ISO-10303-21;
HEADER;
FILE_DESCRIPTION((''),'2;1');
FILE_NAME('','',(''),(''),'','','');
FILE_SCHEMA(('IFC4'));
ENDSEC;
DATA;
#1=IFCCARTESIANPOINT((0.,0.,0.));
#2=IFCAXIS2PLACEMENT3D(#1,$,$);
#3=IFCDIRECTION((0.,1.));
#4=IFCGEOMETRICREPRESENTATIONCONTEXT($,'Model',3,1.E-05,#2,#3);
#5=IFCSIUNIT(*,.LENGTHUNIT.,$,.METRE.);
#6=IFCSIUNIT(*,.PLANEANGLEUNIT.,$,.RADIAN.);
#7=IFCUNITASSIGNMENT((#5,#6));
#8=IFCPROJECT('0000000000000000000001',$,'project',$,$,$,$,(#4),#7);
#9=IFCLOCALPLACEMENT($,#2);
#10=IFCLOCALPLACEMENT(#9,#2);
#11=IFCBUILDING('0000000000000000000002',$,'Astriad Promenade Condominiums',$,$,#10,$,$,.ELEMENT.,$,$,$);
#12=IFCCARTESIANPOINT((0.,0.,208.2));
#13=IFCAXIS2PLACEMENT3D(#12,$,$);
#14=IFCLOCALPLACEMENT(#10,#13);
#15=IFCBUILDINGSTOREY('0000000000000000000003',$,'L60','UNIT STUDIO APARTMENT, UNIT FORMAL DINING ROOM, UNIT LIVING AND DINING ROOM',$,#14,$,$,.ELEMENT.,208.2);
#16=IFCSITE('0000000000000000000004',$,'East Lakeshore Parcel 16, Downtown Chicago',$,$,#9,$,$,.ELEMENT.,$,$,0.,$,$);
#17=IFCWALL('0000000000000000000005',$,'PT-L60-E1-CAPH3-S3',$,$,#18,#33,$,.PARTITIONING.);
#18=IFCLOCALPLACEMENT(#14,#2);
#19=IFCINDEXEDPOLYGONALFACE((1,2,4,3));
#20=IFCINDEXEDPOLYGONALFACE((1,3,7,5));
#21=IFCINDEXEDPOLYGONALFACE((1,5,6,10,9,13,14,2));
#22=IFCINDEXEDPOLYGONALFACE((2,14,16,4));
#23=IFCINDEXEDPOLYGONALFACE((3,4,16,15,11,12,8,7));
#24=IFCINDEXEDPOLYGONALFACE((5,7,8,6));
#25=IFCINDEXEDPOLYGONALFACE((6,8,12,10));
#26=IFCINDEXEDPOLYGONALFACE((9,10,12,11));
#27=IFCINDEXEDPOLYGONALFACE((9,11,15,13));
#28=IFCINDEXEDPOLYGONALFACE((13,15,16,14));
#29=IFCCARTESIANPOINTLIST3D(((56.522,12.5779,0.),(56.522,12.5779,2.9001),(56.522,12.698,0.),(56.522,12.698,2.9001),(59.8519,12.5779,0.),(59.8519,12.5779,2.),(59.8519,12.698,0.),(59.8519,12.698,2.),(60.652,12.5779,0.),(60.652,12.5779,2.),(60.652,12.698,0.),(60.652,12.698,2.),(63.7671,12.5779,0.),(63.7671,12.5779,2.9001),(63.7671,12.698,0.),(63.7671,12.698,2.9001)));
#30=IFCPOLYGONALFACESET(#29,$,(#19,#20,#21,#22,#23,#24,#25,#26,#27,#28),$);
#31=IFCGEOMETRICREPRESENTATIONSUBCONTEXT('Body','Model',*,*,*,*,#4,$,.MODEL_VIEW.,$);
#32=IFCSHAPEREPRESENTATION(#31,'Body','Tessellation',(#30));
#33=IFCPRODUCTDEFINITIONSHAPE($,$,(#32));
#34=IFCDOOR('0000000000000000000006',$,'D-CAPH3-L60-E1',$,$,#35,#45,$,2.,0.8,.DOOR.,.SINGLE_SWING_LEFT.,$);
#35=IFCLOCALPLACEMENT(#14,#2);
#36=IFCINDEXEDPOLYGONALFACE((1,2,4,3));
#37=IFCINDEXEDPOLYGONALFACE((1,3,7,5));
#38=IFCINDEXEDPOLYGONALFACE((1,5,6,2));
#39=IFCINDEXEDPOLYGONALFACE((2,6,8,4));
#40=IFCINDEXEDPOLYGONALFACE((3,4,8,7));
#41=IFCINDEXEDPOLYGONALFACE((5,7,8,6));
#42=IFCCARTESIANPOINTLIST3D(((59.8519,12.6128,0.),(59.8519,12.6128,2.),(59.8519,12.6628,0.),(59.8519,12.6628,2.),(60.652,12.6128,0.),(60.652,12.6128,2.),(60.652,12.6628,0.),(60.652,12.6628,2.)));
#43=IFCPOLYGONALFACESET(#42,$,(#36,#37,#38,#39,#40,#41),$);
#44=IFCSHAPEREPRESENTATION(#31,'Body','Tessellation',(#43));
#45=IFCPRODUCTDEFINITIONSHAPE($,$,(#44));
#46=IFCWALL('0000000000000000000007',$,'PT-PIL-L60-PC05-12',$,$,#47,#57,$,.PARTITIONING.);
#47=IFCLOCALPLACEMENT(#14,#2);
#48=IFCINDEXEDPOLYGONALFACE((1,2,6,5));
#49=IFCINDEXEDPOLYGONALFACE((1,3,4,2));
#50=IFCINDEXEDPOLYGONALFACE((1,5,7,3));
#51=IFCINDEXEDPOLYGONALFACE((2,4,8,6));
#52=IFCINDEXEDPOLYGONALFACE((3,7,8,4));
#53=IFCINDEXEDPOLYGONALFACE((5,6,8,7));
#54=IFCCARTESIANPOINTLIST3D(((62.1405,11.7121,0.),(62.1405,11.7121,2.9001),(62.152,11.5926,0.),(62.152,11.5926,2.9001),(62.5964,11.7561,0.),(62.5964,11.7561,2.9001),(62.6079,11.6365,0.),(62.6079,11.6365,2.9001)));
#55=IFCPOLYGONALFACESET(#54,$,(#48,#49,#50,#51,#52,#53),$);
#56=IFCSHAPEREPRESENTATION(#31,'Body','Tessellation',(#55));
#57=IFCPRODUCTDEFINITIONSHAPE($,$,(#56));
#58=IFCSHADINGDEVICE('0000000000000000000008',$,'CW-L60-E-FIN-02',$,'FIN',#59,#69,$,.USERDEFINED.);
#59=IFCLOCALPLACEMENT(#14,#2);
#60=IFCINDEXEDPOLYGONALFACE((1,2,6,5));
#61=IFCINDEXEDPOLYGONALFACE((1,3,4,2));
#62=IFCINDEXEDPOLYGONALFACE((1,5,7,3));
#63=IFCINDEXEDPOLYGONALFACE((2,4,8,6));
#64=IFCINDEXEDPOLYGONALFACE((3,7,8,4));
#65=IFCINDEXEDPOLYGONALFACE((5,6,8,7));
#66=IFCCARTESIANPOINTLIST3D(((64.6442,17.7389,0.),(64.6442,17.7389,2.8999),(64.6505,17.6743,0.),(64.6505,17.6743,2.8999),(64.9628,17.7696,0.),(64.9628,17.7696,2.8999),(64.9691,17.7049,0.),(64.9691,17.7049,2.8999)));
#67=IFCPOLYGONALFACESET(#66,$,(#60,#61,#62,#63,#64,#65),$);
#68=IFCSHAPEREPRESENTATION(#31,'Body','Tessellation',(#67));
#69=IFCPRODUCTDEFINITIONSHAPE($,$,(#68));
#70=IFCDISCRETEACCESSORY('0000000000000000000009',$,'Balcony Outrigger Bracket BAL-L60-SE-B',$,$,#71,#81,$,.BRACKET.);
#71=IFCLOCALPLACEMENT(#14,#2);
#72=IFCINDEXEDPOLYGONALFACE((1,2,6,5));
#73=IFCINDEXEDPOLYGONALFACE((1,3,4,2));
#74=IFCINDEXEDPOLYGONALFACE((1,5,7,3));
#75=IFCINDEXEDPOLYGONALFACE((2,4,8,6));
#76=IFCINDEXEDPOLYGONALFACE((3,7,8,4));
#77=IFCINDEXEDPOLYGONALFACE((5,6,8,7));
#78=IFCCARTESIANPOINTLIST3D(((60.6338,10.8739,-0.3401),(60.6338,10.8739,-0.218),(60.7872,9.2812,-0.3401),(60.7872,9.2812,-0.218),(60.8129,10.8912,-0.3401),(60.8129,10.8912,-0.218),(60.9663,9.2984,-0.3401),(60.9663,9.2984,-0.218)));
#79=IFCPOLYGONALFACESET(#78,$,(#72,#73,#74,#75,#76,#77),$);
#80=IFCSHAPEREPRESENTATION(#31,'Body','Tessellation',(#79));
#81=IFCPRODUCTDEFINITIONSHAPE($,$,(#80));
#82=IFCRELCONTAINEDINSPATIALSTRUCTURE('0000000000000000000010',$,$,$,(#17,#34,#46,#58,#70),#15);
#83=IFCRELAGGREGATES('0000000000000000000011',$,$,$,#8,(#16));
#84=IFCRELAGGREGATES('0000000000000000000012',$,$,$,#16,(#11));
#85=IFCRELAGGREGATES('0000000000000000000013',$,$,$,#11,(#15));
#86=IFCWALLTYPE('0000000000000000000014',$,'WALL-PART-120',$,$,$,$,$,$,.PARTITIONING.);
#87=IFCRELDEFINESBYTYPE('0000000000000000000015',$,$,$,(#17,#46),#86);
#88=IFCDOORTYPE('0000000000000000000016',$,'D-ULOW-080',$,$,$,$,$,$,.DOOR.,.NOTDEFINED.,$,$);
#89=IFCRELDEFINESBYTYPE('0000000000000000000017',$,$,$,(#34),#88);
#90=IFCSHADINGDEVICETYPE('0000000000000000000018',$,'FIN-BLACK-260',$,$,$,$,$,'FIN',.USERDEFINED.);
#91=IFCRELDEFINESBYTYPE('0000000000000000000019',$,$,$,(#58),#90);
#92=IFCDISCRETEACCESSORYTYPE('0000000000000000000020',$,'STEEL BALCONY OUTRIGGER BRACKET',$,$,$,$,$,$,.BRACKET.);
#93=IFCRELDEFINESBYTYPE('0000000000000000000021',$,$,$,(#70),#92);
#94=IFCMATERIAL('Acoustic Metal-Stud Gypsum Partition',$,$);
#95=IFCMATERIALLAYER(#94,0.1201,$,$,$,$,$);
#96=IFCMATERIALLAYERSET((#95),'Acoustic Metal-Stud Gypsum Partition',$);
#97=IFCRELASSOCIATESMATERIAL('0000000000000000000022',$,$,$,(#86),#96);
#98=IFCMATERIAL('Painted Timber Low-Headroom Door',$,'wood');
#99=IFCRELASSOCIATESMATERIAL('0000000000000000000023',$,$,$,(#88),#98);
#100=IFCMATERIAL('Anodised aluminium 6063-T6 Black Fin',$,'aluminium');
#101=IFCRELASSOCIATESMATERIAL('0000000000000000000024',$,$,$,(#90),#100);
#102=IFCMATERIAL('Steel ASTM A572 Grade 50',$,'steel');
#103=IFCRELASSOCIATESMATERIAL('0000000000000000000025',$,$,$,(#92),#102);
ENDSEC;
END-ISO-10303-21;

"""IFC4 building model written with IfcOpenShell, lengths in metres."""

from ifc_helpers import new_model, si_unit, direction, frame, frame_2d, origin, origin_2d, place, context, subcontext, project, spatial, rectangle, extrude, source, transform, mapped, material, layer, layer_set, type_object, type_shapes, element, fill, save


model = new_model("IFC4")

# Units and contexts
model_context = context("Model", 3, precision=1e-05, world=origin(), true_north=direction((0.0, 1.0)))
body_context = subcontext(model_context, "Body", "Model", "MODEL_VIEW")
ifc_project = project(units=[si_unit("LENGTHUNIT", "METRE"), si_unit("PLANEANGLEUNIT", "RADIAN")], contexts=[model_context])

# Site, building, storey
site_placement = place(None, origin())
site = spatial("IfcSite", under=ifc_project, at=site_placement, Name="East Lakeshore Parcel 16, Downtown Chicago", CompositionType="ELEMENT", RefElevation=0.0)
building_placement = place(site_placement, origin())
building = spatial("IfcBuilding", under=site, at=building_placement, Name="Astriad Promenade Condominiums", CompositionType="ELEMENT")
storey_placement = place(building_placement, frame((0.0, 0.0, 208.2)))
storey = spatial("IfcBuildingStorey", under=building, at=storey_placement, Name="L60", Description="UNIT STUDIO APARTMENT, UNIT FORMAL DINING ROOM, UNIT LIVING AND DINING ROOM", CompositionType="ELEMENT", Elevation=208.2)

# Wall, opening, door
ifc_material_1 = material(Name="Acoustic Metal-Stud Gypsum Partition")
ifc_layer_1 = layer(ifc_material_1, 0.1201)
ifc_layer_set_1 = layer_set([ifc_layer_1], Name="Acoustic Metal-Stud Gypsum Partition")
wall_type_1 = type_object("IfcWallType", Name="WALL-PART-120", PredefinedType="PARTITIONING", material=ifc_layer_set_1)
wall_1_placement = place(storey_placement, frame((56.522, 12.6379, 0.0), z_axis=(0.0, 0.0, 1.0), x_axis=(1.0, 0.0, 0.0)))
wall_1 = element("IfcWall", 1, at=wall_1_placement, inside=storey, type_object=wall_type_1, Name="PT-L60-E1-CAPH3-S3", PredefinedType="PARTITIONING", context=body_context, shape_type="SweptSolid", body=[
    extrude(rectangle(XDim=7.2451, YDim=0.1201, at=frame_2d((3.6226, 0.0))), origin(), (0.0, 0.0, 1.0), 2.9001),
])
opening_1_placement = place(wall_1_placement, frame((3.3301, 0.0, 0.0)))
opening_1 = element("IfcOpeningElement", 2, at=opening_1_placement, cuts=wall_1, PredefinedType="OPENING", context=body_context, shape_type="SweptSolid", body=[
    extrude(rectangle(XDim=0.8, YDim=2.0, at=frame_2d((0.3999, 1.0))), frame((0.0, 0.0701, 0.0), z_axis=(0.0, -1.0, 0.0), x_axis=(1.0, 0.0, 0.0)), (0.0, 0.0, 1.0), 0.1401),
])
ifc_material_2 = material(Name="Painted Timber Low-Headroom Door", Category="wood")
door_type_1 = type_object("IfcDoorType", Name="D-ULOW-080", OperationType="NOTDEFINED", PredefinedType="DOOR", material=ifc_material_2)
shared_shape_1 = source(origin(), body_context, "Body", "SweptSolid", [
    extrude(rectangle(XDim=0.8, YDim=2.0, at=frame_2d((0.3999, 1.0))), frame((0.0, 0.0249, 0.0), z_axis=(0.0, -1.0, 0.0), x_axis=(1.0, 0.0, 0.0)), (0.0, 0.0, 1.0), 0.05),
])
type_shapes(door_type_1, [shared_shape_1])
door_1_placement = place(opening_1_placement, origin())
door_1 = element("IfcDoor", 3, at=door_1_placement, inside=storey, type_object=door_type_1, Name="D-CAPH3-L60-E1", OperationType="SINGLE_SWING_LEFT", OverallHeight=2.0, OverallWidth=0.8, PredefinedType="DOOR", context=body_context, shape_type="MappedRepresentation", body=[
    mapped(shared_shape_1, transform((0.0, 0.0, 0.0), scale=1.0)),
])
fill(opening_1, door_1)

# Wall
wall_2_placement = place(storey_placement, frame((62.1462, 11.6523, 0.0), z_axis=(0.0, 0.0, 1.0), x_axis=(0.995385, 0.095966, 0.0)))
element("IfcWall", 4, at=wall_2_placement, inside=storey, type_object=wall_type_1, Name="PT-PIL-L60-PC05-12", PredefinedType="PARTITIONING", context=body_context, shape_type="SweptSolid", body=[
    extrude(rectangle(XDim=0.458, YDim=0.1201, at=frame_2d((0.229, 0.0))), origin(), (0.0, 0.0, 1.0), 2.9001),
])

# Shading device
ifc_material_3 = material(Name="Anodised aluminium 6063-T6 Black Fin", Category="aluminium")
shading_device_type = type_object("IfcShadingDeviceType", Name="FIN-BLACK-260", ElementType="FIN", PredefinedType="USERDEFINED", material=ifc_material_3)
shared_shape_2 = source(origin(), body_context, "Body", "SweptSolid", [
    extrude(rectangle(XDim=0.0649, YDim=0.3201, at=origin_2d()), origin(), (0.0, 0.0, 1.0), 2.8999),
])
type_shapes(shading_device_type, [shared_shape_2])
shading_device_placement = place(storey_placement, frame((64.8066, 17.7219, 0.0), z_axis=(0.0, 0.0, 1.0), x_axis=(0.095846, -0.995396, 0.0)))
element("IfcShadingDevice", 5, at=shading_device_placement, inside=storey, type_object=shading_device_type, Name="CW-L60-E-FIN-02", ObjectType="FIN", PredefinedType="USERDEFINED", context=body_context, shape_type="MappedRepresentation", body=[
    mapped(shared_shape_2, transform((0.0, 0.0, 0.0), scale=1.0)),
])

# Discrete accessory
ifc_material_4 = material(Name="Steel ASTM A572 Grade 50", Category="steel")
discrete_accessory_type = type_object("IfcDiscreteAccessoryType", Name="STEEL BALCONY OUTRIGGER BRACKET", PredefinedType="BRACKET", material=ifc_material_4)
shared_shape_3 = source(origin(), body_context, "Body", "SweptSolid", [
    extrude(rectangle(XDim=1.6001, YDim=0.1799, at=origin_2d()), origin(), (0.0, 0.0, 1.0), 0.1221),
])
type_shapes(discrete_accessory_type, [shared_shape_3])
discrete_accessory_placement = place(storey_placement, frame((60.8, 10.0862, -0.3401), z_axis=(0.0, 0.0, 1.0), x_axis=(0.095846, -0.995396, 0.0)))
element("IfcDiscreteAccessory", 6, at=discrete_accessory_placement, inside=storey, type_object=discrete_accessory_type, Name="Balcony Outrigger Bracket BAL-L60-SE-B", PredefinedType="BRACKET", context=body_context, shape_type="MappedRepresentation", body=[
    mapped(shared_shape_3, transform((0.0, 0.0, 0.0), scale=1.0)),
])

save(model, "model.ifc")
